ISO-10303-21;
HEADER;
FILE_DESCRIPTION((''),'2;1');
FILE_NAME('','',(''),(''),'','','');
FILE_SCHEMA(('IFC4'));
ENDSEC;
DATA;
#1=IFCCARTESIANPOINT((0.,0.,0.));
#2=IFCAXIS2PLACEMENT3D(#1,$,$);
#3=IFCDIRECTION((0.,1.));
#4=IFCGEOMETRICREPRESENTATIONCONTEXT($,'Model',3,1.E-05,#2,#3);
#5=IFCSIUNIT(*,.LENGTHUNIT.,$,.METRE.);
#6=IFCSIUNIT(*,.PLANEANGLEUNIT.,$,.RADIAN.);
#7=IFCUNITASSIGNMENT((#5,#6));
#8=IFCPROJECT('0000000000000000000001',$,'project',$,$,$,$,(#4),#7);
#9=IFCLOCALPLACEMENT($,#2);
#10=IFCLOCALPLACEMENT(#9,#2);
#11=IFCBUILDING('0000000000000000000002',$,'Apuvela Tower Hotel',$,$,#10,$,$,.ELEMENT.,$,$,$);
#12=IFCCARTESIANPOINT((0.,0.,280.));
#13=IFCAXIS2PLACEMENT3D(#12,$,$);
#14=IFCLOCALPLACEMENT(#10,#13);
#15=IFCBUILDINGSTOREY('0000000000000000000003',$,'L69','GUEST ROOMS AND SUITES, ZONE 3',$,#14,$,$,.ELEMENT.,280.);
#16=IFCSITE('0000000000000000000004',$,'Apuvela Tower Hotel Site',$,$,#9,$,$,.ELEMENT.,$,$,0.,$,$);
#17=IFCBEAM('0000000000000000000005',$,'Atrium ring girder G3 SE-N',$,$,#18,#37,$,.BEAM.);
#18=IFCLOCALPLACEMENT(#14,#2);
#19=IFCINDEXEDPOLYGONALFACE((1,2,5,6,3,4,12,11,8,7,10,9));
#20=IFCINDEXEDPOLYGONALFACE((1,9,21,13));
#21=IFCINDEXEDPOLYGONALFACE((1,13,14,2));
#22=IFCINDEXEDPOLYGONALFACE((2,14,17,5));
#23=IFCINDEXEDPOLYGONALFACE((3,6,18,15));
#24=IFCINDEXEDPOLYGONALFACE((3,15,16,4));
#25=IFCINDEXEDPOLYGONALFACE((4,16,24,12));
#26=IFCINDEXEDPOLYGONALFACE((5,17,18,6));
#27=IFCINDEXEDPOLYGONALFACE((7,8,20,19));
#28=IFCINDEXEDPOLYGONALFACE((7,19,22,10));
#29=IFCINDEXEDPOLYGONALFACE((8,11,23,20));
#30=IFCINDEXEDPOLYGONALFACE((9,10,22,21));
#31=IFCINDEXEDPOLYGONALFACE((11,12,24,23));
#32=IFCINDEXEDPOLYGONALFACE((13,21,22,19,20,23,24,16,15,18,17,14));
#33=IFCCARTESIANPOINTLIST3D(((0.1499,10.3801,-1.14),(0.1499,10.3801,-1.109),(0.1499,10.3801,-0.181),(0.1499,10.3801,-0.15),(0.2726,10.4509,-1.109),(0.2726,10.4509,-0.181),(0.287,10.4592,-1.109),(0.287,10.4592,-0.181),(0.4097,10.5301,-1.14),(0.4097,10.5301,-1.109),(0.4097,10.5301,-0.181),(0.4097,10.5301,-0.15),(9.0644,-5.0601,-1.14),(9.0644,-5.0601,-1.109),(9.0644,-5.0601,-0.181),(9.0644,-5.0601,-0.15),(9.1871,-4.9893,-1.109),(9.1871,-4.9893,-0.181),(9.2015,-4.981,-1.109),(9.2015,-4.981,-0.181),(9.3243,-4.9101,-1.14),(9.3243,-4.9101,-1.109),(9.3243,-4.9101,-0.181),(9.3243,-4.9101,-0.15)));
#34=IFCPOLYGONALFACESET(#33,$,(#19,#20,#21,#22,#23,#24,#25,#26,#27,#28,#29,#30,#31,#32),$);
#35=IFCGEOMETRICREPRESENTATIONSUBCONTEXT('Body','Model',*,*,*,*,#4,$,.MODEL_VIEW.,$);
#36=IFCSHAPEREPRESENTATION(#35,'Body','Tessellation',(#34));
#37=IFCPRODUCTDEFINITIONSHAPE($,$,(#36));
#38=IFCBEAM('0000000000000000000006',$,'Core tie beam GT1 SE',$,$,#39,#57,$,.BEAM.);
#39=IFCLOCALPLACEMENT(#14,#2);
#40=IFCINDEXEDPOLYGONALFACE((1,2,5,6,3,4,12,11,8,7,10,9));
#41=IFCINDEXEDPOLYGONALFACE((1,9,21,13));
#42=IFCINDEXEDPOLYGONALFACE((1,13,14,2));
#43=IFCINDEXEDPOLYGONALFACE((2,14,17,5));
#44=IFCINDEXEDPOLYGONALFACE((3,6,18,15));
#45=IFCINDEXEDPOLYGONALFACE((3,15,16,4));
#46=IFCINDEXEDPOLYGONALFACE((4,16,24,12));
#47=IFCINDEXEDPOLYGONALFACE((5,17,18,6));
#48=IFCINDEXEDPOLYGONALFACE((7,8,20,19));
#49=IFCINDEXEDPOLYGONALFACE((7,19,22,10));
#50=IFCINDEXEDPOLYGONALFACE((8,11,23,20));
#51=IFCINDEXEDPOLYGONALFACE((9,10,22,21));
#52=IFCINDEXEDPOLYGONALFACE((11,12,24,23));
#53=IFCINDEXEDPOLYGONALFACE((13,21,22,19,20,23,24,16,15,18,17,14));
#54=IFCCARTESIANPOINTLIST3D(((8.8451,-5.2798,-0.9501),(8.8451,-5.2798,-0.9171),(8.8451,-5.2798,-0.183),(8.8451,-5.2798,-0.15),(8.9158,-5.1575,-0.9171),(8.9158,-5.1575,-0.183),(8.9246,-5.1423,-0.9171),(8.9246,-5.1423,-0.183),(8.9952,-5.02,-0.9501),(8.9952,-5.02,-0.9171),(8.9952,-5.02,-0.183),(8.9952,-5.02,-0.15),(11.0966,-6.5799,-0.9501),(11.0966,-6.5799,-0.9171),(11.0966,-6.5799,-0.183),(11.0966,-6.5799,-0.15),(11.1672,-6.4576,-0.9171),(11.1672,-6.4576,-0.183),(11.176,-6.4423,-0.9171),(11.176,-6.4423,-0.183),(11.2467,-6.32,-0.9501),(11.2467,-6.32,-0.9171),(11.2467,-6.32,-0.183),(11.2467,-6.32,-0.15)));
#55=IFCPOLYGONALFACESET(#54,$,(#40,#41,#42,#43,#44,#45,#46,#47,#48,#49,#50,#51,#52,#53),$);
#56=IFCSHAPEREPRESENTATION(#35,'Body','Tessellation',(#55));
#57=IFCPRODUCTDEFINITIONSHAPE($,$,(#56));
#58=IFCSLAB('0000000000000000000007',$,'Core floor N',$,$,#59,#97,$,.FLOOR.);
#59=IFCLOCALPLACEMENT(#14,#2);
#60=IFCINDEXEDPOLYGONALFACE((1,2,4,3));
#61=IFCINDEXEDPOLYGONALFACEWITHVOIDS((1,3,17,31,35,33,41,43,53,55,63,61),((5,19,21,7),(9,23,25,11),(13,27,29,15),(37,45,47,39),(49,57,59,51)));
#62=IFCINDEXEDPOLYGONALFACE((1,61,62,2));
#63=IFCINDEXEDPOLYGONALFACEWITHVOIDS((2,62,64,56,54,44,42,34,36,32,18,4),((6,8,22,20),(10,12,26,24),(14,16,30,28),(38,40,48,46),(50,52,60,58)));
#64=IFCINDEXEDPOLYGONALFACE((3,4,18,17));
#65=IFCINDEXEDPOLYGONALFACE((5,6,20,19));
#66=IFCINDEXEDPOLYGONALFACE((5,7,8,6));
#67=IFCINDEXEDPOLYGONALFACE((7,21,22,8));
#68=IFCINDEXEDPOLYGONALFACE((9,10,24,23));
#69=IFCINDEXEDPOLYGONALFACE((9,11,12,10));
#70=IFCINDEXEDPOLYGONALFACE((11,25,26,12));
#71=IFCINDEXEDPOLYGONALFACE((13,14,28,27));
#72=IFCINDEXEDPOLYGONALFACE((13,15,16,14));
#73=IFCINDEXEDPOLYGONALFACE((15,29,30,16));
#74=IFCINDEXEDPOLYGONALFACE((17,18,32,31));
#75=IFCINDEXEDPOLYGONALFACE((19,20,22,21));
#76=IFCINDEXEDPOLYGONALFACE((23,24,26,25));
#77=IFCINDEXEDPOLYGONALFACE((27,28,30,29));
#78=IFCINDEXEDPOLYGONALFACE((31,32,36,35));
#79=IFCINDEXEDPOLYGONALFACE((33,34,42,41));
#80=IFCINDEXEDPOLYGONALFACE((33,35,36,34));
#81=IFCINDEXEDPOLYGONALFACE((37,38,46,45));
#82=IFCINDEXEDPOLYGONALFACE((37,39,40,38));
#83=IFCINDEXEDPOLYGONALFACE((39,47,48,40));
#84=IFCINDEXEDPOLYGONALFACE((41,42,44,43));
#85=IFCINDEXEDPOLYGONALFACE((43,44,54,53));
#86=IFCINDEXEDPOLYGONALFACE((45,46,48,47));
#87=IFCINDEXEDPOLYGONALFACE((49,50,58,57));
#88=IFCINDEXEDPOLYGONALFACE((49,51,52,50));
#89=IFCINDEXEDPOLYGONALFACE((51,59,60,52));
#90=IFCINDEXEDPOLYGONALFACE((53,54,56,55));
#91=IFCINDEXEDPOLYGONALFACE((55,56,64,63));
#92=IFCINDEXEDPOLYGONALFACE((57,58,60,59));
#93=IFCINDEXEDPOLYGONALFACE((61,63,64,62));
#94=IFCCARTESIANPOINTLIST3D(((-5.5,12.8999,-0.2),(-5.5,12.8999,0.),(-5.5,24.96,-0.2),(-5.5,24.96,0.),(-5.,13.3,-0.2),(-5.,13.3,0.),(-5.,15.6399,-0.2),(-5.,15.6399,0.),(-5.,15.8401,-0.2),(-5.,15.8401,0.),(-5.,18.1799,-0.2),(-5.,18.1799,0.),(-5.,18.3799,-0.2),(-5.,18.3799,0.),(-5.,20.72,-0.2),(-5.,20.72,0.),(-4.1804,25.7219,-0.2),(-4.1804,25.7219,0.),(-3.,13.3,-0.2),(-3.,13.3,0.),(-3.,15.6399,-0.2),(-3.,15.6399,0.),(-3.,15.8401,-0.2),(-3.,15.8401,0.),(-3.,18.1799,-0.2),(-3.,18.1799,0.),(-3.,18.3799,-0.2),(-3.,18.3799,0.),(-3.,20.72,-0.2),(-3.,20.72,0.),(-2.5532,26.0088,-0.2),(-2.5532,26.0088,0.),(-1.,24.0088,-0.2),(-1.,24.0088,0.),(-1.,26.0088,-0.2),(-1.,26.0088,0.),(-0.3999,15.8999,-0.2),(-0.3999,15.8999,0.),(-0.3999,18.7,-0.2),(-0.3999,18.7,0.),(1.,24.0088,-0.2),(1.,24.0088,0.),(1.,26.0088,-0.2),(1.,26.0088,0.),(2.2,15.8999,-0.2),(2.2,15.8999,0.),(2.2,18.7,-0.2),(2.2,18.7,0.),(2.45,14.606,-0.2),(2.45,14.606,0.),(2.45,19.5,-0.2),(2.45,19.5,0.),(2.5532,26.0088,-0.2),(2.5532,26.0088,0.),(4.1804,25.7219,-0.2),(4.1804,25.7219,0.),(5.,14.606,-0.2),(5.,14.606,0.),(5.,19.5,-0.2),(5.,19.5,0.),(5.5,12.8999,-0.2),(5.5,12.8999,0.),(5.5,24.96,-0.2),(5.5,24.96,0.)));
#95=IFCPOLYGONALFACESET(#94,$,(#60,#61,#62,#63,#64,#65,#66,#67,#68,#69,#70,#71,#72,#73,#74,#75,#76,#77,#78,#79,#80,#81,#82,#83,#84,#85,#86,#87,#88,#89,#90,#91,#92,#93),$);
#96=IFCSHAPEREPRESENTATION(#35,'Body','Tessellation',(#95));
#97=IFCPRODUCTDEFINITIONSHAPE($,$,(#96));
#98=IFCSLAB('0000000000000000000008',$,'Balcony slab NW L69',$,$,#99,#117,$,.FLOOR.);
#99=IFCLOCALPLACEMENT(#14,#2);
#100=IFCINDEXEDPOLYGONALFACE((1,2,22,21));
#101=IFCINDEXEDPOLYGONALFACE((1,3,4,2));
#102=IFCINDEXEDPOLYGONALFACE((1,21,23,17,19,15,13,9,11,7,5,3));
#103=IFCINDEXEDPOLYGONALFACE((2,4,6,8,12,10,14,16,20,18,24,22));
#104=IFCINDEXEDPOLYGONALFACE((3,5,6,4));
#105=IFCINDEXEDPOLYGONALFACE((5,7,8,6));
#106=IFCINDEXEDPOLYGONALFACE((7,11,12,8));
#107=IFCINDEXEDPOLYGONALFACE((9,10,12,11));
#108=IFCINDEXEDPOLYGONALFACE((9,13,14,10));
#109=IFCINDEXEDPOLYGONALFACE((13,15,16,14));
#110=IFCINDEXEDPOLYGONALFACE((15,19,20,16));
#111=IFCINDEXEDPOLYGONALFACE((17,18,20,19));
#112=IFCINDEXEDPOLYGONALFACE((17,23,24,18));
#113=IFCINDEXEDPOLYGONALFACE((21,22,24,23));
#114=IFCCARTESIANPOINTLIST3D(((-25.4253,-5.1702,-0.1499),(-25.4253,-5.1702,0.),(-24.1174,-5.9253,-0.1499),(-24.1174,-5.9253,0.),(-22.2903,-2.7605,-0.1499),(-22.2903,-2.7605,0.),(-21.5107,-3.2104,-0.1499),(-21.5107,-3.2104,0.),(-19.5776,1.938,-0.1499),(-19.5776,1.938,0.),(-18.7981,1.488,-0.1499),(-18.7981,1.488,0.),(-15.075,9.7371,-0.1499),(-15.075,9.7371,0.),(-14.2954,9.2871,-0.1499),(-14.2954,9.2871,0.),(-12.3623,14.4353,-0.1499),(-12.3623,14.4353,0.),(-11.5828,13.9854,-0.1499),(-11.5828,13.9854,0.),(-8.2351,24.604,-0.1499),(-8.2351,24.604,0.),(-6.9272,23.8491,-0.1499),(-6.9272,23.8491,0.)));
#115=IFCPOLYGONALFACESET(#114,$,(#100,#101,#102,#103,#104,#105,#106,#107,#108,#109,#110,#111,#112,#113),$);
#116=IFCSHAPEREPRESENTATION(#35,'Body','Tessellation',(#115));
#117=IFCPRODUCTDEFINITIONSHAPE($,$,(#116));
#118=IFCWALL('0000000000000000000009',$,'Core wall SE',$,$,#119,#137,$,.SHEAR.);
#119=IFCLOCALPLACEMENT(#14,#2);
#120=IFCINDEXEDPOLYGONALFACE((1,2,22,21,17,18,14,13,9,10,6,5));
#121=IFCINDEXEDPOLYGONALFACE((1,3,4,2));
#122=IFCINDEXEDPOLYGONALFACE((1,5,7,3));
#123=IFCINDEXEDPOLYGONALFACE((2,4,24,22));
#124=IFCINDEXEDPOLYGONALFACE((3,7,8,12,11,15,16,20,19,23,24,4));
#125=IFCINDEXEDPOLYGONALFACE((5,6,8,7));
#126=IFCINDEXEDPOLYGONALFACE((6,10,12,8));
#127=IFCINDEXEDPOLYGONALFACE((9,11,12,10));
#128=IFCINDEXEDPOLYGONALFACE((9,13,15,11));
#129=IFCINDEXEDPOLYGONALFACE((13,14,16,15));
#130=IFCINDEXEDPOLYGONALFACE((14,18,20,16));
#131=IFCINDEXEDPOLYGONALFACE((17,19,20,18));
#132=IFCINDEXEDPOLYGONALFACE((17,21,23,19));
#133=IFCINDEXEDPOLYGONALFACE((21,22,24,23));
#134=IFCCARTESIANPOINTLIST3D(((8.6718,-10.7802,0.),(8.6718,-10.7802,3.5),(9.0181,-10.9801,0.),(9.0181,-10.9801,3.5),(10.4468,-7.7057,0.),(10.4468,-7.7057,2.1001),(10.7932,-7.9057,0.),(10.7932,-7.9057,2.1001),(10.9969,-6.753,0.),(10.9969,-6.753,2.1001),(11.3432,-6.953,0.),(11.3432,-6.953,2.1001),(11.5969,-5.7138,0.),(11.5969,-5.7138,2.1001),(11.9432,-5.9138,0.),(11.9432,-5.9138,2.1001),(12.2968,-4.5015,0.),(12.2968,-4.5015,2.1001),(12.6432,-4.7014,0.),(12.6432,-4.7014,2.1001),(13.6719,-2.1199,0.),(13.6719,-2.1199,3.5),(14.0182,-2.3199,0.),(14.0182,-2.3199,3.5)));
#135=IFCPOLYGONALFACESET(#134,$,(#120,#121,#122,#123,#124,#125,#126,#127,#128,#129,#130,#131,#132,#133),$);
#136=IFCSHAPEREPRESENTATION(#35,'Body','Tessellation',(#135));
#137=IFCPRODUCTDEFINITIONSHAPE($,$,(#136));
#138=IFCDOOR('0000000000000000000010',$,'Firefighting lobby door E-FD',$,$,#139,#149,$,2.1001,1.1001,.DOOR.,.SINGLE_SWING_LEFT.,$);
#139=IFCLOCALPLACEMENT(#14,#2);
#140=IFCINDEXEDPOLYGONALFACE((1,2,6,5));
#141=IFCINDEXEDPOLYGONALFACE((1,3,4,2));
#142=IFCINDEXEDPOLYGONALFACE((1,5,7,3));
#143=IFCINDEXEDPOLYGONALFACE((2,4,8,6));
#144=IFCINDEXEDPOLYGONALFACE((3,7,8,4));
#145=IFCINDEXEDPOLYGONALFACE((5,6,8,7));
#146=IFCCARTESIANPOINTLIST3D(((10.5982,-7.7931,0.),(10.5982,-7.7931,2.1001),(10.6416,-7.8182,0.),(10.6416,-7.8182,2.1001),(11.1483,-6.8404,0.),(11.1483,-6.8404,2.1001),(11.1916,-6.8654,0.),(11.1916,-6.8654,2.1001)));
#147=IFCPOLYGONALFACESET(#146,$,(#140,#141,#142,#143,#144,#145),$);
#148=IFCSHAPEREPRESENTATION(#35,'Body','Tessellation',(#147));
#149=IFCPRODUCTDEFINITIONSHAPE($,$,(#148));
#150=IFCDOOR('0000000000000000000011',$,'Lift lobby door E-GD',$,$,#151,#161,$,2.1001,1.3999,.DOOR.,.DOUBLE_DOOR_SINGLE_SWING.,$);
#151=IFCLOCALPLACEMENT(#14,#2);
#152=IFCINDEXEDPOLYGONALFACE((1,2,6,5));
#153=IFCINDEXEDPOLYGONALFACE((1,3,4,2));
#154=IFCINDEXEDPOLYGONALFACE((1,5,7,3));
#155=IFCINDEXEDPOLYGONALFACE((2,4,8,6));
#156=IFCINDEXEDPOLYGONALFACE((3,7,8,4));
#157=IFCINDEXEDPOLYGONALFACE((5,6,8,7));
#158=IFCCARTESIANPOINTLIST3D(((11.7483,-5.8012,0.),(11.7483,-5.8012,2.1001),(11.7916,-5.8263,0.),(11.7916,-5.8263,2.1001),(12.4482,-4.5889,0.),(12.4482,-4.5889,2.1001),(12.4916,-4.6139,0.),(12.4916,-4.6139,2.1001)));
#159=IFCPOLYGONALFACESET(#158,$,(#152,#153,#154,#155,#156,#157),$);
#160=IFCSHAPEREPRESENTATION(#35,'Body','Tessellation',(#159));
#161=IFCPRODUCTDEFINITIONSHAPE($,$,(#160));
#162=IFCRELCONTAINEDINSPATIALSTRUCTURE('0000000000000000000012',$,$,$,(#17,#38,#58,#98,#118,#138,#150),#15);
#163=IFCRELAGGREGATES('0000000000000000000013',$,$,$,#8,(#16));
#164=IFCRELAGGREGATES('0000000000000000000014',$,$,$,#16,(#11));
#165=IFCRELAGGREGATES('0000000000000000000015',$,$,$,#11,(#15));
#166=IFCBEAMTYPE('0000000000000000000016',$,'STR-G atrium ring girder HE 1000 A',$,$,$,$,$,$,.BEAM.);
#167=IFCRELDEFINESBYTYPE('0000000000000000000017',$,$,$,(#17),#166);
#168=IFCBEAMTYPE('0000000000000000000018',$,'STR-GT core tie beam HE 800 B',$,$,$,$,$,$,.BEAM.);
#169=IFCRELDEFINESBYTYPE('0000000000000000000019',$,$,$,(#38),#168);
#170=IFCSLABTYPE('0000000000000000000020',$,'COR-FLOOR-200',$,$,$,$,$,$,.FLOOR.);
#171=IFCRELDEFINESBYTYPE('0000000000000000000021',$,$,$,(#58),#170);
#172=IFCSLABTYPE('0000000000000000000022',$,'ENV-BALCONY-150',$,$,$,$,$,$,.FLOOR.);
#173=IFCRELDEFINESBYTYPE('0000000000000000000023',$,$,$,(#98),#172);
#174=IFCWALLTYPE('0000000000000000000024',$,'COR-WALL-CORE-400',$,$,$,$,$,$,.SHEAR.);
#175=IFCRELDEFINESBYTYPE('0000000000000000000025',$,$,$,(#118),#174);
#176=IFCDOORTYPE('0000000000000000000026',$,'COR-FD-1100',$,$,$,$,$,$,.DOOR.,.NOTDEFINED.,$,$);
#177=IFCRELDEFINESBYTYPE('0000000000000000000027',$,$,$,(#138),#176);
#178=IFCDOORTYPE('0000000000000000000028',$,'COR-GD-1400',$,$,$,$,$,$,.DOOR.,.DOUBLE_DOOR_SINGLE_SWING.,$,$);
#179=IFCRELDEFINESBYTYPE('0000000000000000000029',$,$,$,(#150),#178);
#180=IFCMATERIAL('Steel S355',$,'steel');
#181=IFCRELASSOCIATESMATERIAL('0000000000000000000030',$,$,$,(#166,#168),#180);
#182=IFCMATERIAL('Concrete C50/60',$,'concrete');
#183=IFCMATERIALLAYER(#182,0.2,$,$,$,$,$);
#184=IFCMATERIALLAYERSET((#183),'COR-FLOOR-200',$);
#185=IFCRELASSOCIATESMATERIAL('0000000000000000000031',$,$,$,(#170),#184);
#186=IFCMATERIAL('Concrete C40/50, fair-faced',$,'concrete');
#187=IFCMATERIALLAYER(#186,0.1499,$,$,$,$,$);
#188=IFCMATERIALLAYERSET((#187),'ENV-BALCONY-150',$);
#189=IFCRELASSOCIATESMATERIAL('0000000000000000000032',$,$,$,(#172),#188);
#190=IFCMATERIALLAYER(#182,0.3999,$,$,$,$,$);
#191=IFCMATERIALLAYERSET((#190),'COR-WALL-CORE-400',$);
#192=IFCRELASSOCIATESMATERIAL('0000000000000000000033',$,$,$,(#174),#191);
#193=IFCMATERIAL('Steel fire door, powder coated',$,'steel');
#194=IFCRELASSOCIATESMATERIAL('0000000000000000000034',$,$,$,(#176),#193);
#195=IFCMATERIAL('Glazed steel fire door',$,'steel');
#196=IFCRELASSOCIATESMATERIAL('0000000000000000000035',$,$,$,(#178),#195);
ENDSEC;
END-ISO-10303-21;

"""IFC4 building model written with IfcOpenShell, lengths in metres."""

from ifc_helpers import new_model, si_unit, direction, frame, frame_2d, origin, origin_2d, place, context, subcontext, project, spatial, polyline, rectangle, i_section, outline, extrude, material, layer, layer_set, material_profile, profile_set, type_object, element, fill, save


model = new_model("IFC4")

# Units and contexts
model_context = context("Model", 3, precision=1e-05, world=origin(), true_north=direction((0.0, 1.0)))
body_context = subcontext(model_context, "Body", "Model", "MODEL_VIEW")
ifc_project = project(units=[si_unit("LENGTHUNIT", "METRE"), si_unit("PLANEANGLEUNIT", "RADIAN")], contexts=[model_context])

# Site, building, storey
site_placement = place(None, origin())
site = spatial("IfcSite", under=ifc_project, at=site_placement, Name="Apuvela Tower Hotel Site", CompositionType="ELEMENT", RefElevation=0.0)
building_placement = place(site_placement, origin())
building = spatial("IfcBuilding", under=site, at=building_placement, Name="Apuvela Tower Hotel", CompositionType="ELEMENT")
storey_placement = place(building_placement, frame((0.0, 0.0, 280.0)))
storey = spatial("IfcBuildingStorey", under=building, at=storey_placement, Name="L69", Description="GUEST ROOMS AND SUITES, ZONE 3", CompositionType="ELEMENT", Elevation=280.0)

# Beams
ifc_material_1 = material(Name="Steel S355", Category="steel")
ifc_material_profile_1 = material_profile(ifc_material_1, i_section(OverallWidth=0.3, OverallDepth=0.99, WebThickness=0.0166, FlangeThickness=0.031, at=origin_2d()), Name="HE 1000 A")
ifc_profile_set_1 = profile_set([ifc_material_profile_1], Name="Steel S355")
beam_type_1 = type_object("IfcBeamType", Name="STR-G atrium ring girder HE 1000 A", PredefinedType="BEAM", material=ifc_profile_set_1)
beam_1_placement = place(storey_placement, frame((9.1943, -4.9851, -0.645), z_axis=(-0.500007, 0.866022, 0.0), x_axis=(-0.866022, -0.500007, 0.0)))
element("IfcBeam", 1, at=beam_1_placement, inside=storey, type_object=beam_type_1, Name="Atrium ring girder G3 SE-N", PredefinedType="BEAM", context=body_context, shape_type="SweptSolid", body=[
    extrude(i_section(OverallWidth=0.3, OverallDepth=0.99, WebThickness=0.0166, FlangeThickness=0.031, at=origin_2d()), origin(), (0.0, 0.0, 1.0), 17.8289),
])
ifc_material_profile_2 = material_profile(ifc_material_1, i_section(OverallWidth=0.3, OverallDepth=0.8, WebThickness=0.0176, FlangeThickness=0.033, at=origin_2d()), Name="HE 800 B")
ifc_profile_set_2 = profile_set([ifc_material_profile_2], Name="Steel S355")
beam_type_2 = type_object("IfcBeamType", Name="STR-GT core tie beam HE 800 B", PredefinedType="BEAM", material=ifc_profile_set_2)
beam_2_placement = place(storey_placement, frame((11.1716, -6.45, -0.55), z_axis=(-0.865998, 0.500048, 0.0), x_axis=(-0.500048, -0.865998, 0.0)))
element("IfcBeam", 2, at=beam_2_placement, inside=storey, type_object=beam_type_2, Name="Core tie beam GT1 SE", PredefinedType="BEAM", context=body_context, shape_type="SweptSolid", body=[
    extrude(i_section(OverallWidth=0.3, OverallDepth=0.8, WebThickness=0.0176, FlangeThickness=0.033, at=origin_2d()), origin(), (0.0, 0.0, 1.0), 2.5999),
])

# Slabs
ifc_material_2 = material(Name="Concrete C50/60", Category="concrete")
ifc_layer_1 = layer(ifc_material_2, 0.2)
ifc_layer_set_1 = layer_set([ifc_layer_1], Name="COR-FLOOR-200")
slab_type_1 = type_object("IfcSlabType", Name="COR-FLOOR-200", PredefinedType="FLOOR", material=ifc_layer_set_1)
slab_1_placement = place(storey_placement, frame((0.0, 0.0, -0.2)))
element("IfcSlab", 3, at=slab_1_placement, inside=storey, type_object=slab_type_1, Name="Core floor N", PredefinedType="FLOOR", context=body_context, shape_type="SweptSolid", body=[
    extrude(outline(polyline([(5.5, 24.96), (4.1804, 25.7219), (2.5532, 26.0088), (1.0, 26.0088), (1.0, 24.0088), (-1.0, 24.0088), (-1.0, 26.0088), (-2.5532, 26.0088), (-4.1804, 25.7219), (-5.5, 24.96), (-5.5, 12.8999), (5.5, 12.8999), (5.5, 24.96)]), holes=[polyline([(-3.0, 13.3), (-5.0, 13.3), (-5.0, 15.6399), (-3.0, 15.6399), (-3.0, 13.3)]), polyline([(-3.0, 15.8401), (-5.0, 15.8401), (-5.0, 18.1799), (-3.0, 18.1799), (-3.0, 15.8401)]), polyline([(5.0, 14.606), (2.45, 14.606), (2.45, 19.5), (5.0, 19.5), (5.0, 14.606)]), polyline([(2.2, 18.7), (2.2, 15.8999), (-0.3999, 15.8999), (-0.3999, 18.7), (2.2, 18.7)]), polyline([(-3.0, 20.72), (-3.0, 18.3799), (-5.0, 18.3799), (-5.0, 20.72), (-3.0, 20.72)])]), origin(), (0.0, 0.0, 1.0), 0.2),
])
ifc_material_3 = material(Name="Concrete C40/50, fair-faced", Category="concrete")
ifc_layer_2 = layer(ifc_material_3, 0.1499)
ifc_layer_set_2 = layer_set([ifc_layer_2], Name="ENV-BALCONY-150")
slab_type_2 = type_object("IfcSlabType", Name="ENV-BALCONY-150", PredefinedType="FLOOR", material=ifc_layer_set_2)
slab_2_placement = place(storey_placement, frame((0.0, 0.0, -0.1499)))
element("IfcSlab", 4, at=slab_2_placement, inside=storey, type_object=slab_type_2, Name="Balcony slab NW L69", PredefinedType="FLOOR", context=body_context, shape_type="SweptSolid", body=[
    extrude(outline(polyline([(-25.4253, -5.1702), (-8.2351, 24.604), (-6.9272, 23.8491), (-12.3623, 14.4353), (-11.5828, 13.9854), (-14.2954, 9.2871), (-15.075, 9.7371), (-19.5776, 1.938), (-18.7981, 1.488), (-21.5107, -3.2104), (-22.2903, -2.7605), (-24.1174, -5.9253), (-25.4253, -5.1702)])), origin(), (0.0, 0.0, 1.0), 0.1499),
])

# Wall, openings, doors
ifc_layer_3 = layer(ifc_material_2, 0.3999)
ifc_layer_set_3 = layer_set([ifc_layer_3], Name="COR-WALL-CORE-400")
wall_type_1 = type_object("IfcWallType", Name="COR-WALL-CORE-400", PredefinedType="SHEAR", material=ifc_layer_set_3)
wall_1_placement = place(storey_placement, frame((8.845, -10.8801, 0.0), z_axis=(0.0, 0.0, 1.0), x_axis=(0.500004, 0.866023, 0.0)))
wall_1 = element("IfcWall", 5, at=wall_1_placement, inside=storey, type_object=wall_type_1, Name="Core wall SE", PredefinedType="SHEAR", context=body_context, shape_type="SweptSolid", body=[
    extrude(rectangle(XDim=10.0, YDim=0.3999, at=frame_2d((5.0, 0.0))), origin(), (0.0, 0.0, 1.0), 3.5),
])
opening_1_placement = place(wall_1_placement, frame((3.55, 0.0, 0.0)))
opening_1 = element("IfcOpeningElement", 6, at=opening_1_placement, cuts=wall_1, PredefinedType="OPENING", context=body_context, shape_type="SweptSolid", body=[
    extrude(rectangle(XDim=1.1001, YDim=2.1001, at=frame_2d((0.55, 1.05))), frame((0.0, 0.21, 0.0), z_axis=(0.0, -1.0, 0.0), x_axis=(1.0, 0.0, 0.0)), (0.0, 0.0, 1.0), 0.4199),
])
opening_2_placement = place(wall_1_placement, frame((5.8501, 0.0, 0.0)))
opening_2 = element("IfcOpeningElement", 7, at=opening_2_placement, cuts=wall_1, PredefinedType="OPENING", context=body_context, shape_type="SweptSolid", body=[
    extrude(rectangle(XDim=1.3999, YDim=2.1001, at=frame_2d((0.7, 1.05))), frame((0.0, 0.21, 0.0), z_axis=(0.0, -1.0, 0.0), x_axis=(1.0, 0.0, 0.0)), (0.0, 0.0, 1.0), 0.4199),
])
ifc_material_4 = material(Name="Steel fire door, powder coated", Category="steel")
door_type_1 = type_object("IfcDoorType", Name="COR-FD-1100", OperationType="NOTDEFINED", PredefinedType="DOOR", material=ifc_material_4)
door_1_placement = place(opening_1_placement, frame((1.1001, 0.0, 0.0), z_axis=(0.0, 0.0, 1.0), x_axis=(-1.0, 0.0, 0.0)))
door_1 = element("IfcDoor", 8, at=door_1_placement, inside=storey, type_object=door_type_1, Name="Firefighting lobby door E-FD", OperationType="SINGLE_SWING_LEFT", OverallHeight=2.1001, OverallWidth=1.1001, PredefinedType="DOOR", context=body_context, shape_type="SweptSolid", body=[
    extrude(rectangle(XDim=1.1001, YDim=2.1001, at=frame_2d((0.55, 1.05))), frame((0.0, 0.0249, 0.0), z_axis=(0.0, -1.0, 0.0), x_axis=(1.0, 0.0, 0.0)), (0.0, 0.0, 1.0), 0.05),
])
fill(opening_1, door_1)
ifc_material_5 = material(Name="Glazed steel fire door", Category="steel")
door_type_2 = type_object("IfcDoorType", Name="COR-GD-1400", OperationType="DOUBLE_DOOR_SINGLE_SWING", PredefinedType="DOOR", material=ifc_material_5)
door_2_placement = place(opening_2_placement, frame((1.3999, 0.0, 0.0), z_axis=(0.0, 0.0, 1.0), x_axis=(-1.0, 0.0, 0.0)))
door_2 = element("IfcDoor", 9, at=door_2_placement, inside=storey, type_object=door_type_2, Name="Lift lobby door E-GD", OperationType="DOUBLE_DOOR_SINGLE_SWING", OverallHeight=2.1001, OverallWidth=1.3999, PredefinedType="DOOR", context=body_context, shape_type="SweptSolid", body=[
    extrude(rectangle(XDim=1.3999, YDim=2.1001, at=frame_2d((0.7, 1.05))), frame((0.0, 0.0249, 0.0), z_axis=(0.0, -1.0, 0.0), x_axis=(1.0, 0.0, 0.0)), (0.0, 0.0, 1.0), 0.05),
])
fill(opening_2, door_2)

save(model, "model.ifc")
